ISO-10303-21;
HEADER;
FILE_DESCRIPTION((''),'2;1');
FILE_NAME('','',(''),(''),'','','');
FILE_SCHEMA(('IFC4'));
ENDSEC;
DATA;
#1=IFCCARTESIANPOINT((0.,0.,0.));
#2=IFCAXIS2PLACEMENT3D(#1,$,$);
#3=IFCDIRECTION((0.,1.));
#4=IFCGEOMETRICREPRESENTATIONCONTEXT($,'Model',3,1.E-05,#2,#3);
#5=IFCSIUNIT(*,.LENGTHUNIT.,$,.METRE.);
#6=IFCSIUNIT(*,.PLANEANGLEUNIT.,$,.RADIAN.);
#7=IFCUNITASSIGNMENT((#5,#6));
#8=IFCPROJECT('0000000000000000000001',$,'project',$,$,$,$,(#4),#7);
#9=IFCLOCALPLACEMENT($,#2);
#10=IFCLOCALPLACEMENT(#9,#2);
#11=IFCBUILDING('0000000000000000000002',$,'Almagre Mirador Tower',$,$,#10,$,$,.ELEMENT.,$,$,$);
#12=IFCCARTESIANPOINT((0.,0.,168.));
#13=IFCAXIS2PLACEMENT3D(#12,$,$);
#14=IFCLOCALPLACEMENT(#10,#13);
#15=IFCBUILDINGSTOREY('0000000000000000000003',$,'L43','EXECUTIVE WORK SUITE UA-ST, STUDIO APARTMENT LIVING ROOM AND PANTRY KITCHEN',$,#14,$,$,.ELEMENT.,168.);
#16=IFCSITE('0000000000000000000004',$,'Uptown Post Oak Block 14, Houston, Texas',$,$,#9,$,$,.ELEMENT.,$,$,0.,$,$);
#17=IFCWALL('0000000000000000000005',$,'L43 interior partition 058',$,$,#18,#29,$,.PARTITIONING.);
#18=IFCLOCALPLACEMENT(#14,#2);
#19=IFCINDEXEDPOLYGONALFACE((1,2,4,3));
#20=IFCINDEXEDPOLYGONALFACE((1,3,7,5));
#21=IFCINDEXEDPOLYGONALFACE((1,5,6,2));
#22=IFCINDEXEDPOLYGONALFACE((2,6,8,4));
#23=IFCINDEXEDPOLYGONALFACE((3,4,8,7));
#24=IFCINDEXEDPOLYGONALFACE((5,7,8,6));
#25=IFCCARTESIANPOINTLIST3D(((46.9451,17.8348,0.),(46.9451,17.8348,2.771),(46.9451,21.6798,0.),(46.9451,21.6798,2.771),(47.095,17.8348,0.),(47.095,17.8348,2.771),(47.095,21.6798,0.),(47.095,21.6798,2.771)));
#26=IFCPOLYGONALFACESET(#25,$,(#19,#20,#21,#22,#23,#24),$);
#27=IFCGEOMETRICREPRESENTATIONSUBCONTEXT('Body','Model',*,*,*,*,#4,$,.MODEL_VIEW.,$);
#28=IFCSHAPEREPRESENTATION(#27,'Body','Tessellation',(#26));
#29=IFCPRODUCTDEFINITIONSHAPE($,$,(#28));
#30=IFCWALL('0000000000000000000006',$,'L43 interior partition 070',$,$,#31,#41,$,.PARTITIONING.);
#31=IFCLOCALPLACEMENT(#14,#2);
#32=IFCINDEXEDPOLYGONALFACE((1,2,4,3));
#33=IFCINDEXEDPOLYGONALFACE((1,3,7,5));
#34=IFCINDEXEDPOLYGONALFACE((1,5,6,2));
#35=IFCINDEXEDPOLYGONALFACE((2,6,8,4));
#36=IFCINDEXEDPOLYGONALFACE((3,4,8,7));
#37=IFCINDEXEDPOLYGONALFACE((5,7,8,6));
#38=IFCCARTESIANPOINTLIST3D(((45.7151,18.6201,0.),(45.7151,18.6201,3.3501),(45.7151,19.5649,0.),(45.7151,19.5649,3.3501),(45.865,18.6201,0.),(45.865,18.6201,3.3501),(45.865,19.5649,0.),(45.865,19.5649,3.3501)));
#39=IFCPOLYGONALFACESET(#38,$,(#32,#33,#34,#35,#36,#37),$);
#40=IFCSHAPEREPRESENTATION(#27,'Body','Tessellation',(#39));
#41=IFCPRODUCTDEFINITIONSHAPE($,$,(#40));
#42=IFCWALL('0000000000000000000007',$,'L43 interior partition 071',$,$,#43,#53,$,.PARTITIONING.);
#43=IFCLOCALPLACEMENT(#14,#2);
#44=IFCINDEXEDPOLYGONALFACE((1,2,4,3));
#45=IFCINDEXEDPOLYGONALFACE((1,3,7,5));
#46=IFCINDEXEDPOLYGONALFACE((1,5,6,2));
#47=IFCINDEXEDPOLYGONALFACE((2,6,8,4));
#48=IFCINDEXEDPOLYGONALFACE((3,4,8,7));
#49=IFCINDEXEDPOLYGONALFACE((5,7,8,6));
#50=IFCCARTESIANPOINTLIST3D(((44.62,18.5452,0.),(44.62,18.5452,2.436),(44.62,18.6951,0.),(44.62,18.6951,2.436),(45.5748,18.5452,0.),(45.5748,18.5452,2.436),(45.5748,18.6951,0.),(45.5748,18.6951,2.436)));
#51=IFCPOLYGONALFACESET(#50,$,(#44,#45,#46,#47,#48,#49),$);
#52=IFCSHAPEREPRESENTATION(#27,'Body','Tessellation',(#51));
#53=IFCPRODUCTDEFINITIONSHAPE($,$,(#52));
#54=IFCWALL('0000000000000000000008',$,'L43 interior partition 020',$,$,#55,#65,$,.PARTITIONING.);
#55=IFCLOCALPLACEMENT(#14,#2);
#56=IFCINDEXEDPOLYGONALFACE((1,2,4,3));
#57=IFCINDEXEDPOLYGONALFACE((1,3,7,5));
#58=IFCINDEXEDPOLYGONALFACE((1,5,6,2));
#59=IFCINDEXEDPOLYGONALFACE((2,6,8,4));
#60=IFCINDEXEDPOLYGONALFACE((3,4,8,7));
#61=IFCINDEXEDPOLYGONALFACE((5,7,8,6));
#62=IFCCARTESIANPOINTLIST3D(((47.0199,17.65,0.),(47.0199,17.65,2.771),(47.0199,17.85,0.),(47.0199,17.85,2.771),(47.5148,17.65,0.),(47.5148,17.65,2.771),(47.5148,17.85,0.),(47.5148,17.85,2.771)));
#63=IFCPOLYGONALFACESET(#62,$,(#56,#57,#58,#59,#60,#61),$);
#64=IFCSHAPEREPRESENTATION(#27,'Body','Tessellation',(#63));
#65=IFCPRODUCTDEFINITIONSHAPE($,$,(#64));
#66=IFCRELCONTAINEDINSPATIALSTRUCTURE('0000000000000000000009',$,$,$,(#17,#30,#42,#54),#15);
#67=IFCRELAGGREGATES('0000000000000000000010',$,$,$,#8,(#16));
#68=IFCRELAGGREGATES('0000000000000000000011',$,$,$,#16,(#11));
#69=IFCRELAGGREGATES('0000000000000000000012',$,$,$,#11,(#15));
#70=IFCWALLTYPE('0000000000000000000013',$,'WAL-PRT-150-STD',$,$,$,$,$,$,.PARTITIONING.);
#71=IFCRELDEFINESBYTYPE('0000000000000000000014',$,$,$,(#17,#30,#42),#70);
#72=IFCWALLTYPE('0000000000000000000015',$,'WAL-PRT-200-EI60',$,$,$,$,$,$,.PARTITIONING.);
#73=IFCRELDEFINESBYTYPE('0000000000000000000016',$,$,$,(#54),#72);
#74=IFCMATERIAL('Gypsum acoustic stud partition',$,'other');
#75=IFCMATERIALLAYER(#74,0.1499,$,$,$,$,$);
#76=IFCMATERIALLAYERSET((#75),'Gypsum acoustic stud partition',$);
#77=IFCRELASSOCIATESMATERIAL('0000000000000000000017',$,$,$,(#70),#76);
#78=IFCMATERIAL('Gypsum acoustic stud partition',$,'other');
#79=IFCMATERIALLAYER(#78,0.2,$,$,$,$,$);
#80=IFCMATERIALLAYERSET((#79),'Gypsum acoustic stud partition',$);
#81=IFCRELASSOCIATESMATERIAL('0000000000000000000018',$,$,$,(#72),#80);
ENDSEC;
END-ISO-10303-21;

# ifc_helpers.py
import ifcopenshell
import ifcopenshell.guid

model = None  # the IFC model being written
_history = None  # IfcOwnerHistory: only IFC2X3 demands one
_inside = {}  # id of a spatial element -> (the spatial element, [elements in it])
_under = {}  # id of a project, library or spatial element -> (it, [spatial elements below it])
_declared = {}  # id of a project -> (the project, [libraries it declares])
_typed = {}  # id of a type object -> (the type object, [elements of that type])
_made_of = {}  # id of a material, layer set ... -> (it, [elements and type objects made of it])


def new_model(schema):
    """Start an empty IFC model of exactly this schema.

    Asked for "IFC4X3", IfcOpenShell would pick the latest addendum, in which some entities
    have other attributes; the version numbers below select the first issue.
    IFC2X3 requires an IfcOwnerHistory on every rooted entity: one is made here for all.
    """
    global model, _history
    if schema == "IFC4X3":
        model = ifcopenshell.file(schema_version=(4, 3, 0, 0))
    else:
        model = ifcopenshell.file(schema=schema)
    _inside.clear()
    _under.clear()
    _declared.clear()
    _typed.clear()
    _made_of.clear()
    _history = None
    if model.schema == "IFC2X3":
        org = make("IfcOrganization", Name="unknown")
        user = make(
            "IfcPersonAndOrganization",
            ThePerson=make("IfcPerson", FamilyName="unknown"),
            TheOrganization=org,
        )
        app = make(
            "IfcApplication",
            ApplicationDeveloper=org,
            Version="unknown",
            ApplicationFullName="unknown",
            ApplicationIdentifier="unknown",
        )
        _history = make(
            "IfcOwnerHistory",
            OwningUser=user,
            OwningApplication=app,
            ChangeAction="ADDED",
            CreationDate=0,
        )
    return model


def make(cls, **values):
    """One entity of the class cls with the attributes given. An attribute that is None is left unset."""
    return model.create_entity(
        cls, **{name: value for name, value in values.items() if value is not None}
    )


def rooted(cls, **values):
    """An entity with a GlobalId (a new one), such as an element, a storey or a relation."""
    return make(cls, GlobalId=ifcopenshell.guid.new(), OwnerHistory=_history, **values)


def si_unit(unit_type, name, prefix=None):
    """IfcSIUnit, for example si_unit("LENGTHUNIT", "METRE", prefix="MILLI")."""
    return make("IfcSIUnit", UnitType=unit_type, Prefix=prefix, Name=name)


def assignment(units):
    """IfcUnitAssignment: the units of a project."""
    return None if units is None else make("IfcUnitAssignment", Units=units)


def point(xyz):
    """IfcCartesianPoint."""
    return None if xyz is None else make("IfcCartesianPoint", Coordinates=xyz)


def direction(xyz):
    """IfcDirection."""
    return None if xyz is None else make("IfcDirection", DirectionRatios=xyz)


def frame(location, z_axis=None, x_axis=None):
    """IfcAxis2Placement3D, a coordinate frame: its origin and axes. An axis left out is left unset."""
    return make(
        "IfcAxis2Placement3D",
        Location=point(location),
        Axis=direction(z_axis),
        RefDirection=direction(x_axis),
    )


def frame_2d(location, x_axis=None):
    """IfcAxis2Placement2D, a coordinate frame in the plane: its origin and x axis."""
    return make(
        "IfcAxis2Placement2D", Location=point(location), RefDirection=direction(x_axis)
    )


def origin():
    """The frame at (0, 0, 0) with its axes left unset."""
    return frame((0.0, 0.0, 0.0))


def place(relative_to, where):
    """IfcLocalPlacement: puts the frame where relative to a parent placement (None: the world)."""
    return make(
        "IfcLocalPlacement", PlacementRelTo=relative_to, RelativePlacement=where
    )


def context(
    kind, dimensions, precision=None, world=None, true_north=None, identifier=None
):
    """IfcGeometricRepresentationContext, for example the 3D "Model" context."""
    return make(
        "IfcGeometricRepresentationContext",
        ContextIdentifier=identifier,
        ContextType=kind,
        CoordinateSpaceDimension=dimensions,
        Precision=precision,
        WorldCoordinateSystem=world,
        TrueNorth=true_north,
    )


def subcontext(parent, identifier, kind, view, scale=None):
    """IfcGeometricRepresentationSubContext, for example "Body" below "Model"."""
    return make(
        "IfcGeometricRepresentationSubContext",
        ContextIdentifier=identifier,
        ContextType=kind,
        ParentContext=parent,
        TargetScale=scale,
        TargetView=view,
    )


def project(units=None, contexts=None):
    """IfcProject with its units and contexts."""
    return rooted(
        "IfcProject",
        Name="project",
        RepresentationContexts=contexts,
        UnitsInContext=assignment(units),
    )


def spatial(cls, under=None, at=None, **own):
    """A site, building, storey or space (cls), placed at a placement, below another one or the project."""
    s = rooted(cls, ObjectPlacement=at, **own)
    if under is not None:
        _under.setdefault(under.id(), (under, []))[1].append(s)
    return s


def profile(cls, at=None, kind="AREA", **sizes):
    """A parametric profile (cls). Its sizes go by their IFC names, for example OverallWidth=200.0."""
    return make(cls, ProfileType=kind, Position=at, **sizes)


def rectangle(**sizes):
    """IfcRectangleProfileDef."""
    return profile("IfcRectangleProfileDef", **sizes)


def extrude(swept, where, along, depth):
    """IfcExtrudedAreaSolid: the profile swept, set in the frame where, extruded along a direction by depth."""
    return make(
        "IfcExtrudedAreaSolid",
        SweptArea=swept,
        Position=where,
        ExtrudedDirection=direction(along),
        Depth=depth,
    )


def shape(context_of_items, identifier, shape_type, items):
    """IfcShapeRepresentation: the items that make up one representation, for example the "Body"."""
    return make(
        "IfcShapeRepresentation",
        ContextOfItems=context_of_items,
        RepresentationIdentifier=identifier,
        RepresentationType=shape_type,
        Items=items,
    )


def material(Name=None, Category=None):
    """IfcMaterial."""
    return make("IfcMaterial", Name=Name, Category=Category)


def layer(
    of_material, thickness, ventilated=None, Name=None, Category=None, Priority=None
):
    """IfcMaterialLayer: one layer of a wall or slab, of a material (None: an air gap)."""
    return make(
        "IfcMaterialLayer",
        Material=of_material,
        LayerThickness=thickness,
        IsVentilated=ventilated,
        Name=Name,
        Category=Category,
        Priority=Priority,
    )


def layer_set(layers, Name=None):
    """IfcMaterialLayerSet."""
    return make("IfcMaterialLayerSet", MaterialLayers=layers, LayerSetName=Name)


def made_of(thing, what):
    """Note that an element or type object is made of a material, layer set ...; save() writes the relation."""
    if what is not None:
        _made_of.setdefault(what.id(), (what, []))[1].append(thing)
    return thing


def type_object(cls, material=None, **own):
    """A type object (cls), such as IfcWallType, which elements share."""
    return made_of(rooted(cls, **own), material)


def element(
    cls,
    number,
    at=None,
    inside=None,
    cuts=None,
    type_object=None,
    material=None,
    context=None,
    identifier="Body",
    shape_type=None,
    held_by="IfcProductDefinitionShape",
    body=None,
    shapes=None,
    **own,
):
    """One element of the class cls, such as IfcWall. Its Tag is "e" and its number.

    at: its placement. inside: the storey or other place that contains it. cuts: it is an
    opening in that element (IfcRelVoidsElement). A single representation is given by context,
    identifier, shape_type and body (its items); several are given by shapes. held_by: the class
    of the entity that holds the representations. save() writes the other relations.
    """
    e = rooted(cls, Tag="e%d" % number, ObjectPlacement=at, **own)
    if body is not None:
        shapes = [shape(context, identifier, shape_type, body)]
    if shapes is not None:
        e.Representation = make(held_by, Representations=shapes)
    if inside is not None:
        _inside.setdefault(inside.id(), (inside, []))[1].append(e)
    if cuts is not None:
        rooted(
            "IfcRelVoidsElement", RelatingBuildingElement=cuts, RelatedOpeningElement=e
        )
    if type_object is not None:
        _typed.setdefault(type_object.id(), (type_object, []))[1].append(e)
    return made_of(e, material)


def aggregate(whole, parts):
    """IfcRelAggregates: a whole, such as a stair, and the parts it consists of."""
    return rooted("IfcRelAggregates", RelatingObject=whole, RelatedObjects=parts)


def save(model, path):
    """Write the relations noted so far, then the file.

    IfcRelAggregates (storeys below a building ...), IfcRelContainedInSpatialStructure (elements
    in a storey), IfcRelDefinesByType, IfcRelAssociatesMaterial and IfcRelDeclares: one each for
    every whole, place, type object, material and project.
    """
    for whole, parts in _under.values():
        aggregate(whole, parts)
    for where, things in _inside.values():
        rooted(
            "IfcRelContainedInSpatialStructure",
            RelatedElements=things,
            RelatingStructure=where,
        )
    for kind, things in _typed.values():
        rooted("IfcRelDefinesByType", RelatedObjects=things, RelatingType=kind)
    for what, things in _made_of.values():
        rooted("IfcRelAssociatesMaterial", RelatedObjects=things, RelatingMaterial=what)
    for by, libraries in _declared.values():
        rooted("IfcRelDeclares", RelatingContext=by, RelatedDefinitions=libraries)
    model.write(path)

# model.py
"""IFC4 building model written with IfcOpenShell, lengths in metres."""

from ifc_helpers import new_model, si_unit, direction, frame, frame_2d, origin, place, context, subcontext, project, spatial, rectangle, extrude, material, layer, layer_set, type_object, element, save


model = new_model("IFC4")

# Units and contexts
model_context = context("Model", 3, precision=1e-05, world=origin(), true_north=direction((0.0, 1.0)))
body_context = subcontext(model_context, "Body", "Model", "MODEL_VIEW")
ifc_project = project(units=[si_unit("LENGTHUNIT", "METRE"), si_unit("PLANEANGLEUNIT", "RADIAN")], contexts=[model_context])

# Site, building, storey
site_placement = place(None, origin())
site = spatial("IfcSite", under=ifc_project, at=site_placement, Name="Uptown Post Oak Block 14, Houston, Texas", CompositionType="ELEMENT", RefElevation=0.0)
building_placement = place(site_placement, origin())
building = spatial("IfcBuilding", under=site, at=building_placement, Name="Almagre Mirador Tower", CompositionType="ELEMENT")
storey_placement = place(building_placement, frame((0.0, 0.0, 168.0)))
storey = spatial("IfcBuildingStorey", under=building, at=storey_placement, Name="L43", Description="EXECUTIVE WORK SUITE UA-ST, STUDIO APARTMENT LIVING ROOM AND PANTRY KITCHEN", CompositionType="ELEMENT", Elevation=168.0)

# Walls
ifc_material_1 = material(Name="Gypsum acoustic stud partition", Category="other")
ifc_layer_1 = layer(ifc_material_1, 0.1499)
ifc_layer_set_1 = layer_set([ifc_layer_1], Name="Gypsum acoustic stud partition")
wall_type_1 = type_object("IfcWallType", Name="WAL-PRT-150-STD", PredefinedType="PARTITIONING", material=ifc_layer_set_1)
wall_1_placement = place(storey_placement, frame((47.02, 17.835, 0.0), z_axis=(0.0, 0.0, 1.0), x_axis=(0.0, 1.0, 0.0)))
element("IfcWall", 1, at=wall_1_placement, inside=storey, type_object=wall_type_1, Name="L43 interior partition 058", PredefinedType="PARTITIONING", context=body_context, shape_type="SweptSolid", body=[
    extrude(rectangle(XDim=3.845, YDim=0.1499, at=frame_2d((1.9224, 0.0))), origin(), (0.0, 0.0, 1.0), 2.771),
])
wall_2_placement = place(storey_placement, frame((45.79, 19.5649, 0.0), z_axis=(0.0, 0.0, 1.0), x_axis=(0.0, -1.0, 0.0)))
element("IfcWall", 2, at=wall_2_placement, inside=storey, type_object=wall_type_1, Name="L43 interior partition 070", PredefinedType="PARTITIONING", context=body_context, shape_type="SweptSolid", body=[
    extrude(rectangle(XDim=0.9448, YDim=0.1499, at=frame_2d((0.4724, 0.0))), origin(), (0.0, 0.0, 1.0), 3.3501),
])
wall_3_placement = place(storey_placement, frame((45.575, 18.6201, 0.0), z_axis=(0.0, 0.0, 1.0), x_axis=(-1.0, 0.0, 0.0)))
element("IfcWall", 3, at=wall_3_placement, inside=storey, type_object=wall_type_1, Name="L43 interior partition 071", PredefinedType="PARTITIONING", context=body_context, shape_type="SweptSolid", body=[
    extrude(rectangle(XDim=0.9548, YDim=0.1499, at=frame_2d((0.4775, 0.0))), origin(), (0.0, 0.0, 1.0), 2.436),
])
ifc_material_2 = material(Name="Gypsum acoustic stud partition", Category="other")
ifc_layer_2 = layer(ifc_material_2, 0.2)
ifc_layer_set_2 = layer_set([ifc_layer_2], Name="Gypsum acoustic stud partition")
wall_type_2 = type_object("IfcWallType", Name="WAL-PRT-200-EI60", PredefinedType="PARTITIONING", material=ifc_layer_set_2)
wall_4_placement = place(storey_placement, frame((47.5149, 17.75, 0.0), z_axis=(0.0, 0.0, 1.0), x_axis=(-1.0, 0.0, 0.0)))
element("IfcWall", 4, at=wall_4_placement, inside=storey, type_object=wall_type_2, Name="L43 interior partition 020", PredefinedType="PARTITIONING", context=body_context, shape_type="SweptSolid", body=[
    extrude(rectangle(XDim=0.4949, YDim=0.2, at=frame_2d((0.2476, 0.0))), origin(), (0.0, 0.0, 1.0), 2.771),
])

save(model, "model.ifc")
